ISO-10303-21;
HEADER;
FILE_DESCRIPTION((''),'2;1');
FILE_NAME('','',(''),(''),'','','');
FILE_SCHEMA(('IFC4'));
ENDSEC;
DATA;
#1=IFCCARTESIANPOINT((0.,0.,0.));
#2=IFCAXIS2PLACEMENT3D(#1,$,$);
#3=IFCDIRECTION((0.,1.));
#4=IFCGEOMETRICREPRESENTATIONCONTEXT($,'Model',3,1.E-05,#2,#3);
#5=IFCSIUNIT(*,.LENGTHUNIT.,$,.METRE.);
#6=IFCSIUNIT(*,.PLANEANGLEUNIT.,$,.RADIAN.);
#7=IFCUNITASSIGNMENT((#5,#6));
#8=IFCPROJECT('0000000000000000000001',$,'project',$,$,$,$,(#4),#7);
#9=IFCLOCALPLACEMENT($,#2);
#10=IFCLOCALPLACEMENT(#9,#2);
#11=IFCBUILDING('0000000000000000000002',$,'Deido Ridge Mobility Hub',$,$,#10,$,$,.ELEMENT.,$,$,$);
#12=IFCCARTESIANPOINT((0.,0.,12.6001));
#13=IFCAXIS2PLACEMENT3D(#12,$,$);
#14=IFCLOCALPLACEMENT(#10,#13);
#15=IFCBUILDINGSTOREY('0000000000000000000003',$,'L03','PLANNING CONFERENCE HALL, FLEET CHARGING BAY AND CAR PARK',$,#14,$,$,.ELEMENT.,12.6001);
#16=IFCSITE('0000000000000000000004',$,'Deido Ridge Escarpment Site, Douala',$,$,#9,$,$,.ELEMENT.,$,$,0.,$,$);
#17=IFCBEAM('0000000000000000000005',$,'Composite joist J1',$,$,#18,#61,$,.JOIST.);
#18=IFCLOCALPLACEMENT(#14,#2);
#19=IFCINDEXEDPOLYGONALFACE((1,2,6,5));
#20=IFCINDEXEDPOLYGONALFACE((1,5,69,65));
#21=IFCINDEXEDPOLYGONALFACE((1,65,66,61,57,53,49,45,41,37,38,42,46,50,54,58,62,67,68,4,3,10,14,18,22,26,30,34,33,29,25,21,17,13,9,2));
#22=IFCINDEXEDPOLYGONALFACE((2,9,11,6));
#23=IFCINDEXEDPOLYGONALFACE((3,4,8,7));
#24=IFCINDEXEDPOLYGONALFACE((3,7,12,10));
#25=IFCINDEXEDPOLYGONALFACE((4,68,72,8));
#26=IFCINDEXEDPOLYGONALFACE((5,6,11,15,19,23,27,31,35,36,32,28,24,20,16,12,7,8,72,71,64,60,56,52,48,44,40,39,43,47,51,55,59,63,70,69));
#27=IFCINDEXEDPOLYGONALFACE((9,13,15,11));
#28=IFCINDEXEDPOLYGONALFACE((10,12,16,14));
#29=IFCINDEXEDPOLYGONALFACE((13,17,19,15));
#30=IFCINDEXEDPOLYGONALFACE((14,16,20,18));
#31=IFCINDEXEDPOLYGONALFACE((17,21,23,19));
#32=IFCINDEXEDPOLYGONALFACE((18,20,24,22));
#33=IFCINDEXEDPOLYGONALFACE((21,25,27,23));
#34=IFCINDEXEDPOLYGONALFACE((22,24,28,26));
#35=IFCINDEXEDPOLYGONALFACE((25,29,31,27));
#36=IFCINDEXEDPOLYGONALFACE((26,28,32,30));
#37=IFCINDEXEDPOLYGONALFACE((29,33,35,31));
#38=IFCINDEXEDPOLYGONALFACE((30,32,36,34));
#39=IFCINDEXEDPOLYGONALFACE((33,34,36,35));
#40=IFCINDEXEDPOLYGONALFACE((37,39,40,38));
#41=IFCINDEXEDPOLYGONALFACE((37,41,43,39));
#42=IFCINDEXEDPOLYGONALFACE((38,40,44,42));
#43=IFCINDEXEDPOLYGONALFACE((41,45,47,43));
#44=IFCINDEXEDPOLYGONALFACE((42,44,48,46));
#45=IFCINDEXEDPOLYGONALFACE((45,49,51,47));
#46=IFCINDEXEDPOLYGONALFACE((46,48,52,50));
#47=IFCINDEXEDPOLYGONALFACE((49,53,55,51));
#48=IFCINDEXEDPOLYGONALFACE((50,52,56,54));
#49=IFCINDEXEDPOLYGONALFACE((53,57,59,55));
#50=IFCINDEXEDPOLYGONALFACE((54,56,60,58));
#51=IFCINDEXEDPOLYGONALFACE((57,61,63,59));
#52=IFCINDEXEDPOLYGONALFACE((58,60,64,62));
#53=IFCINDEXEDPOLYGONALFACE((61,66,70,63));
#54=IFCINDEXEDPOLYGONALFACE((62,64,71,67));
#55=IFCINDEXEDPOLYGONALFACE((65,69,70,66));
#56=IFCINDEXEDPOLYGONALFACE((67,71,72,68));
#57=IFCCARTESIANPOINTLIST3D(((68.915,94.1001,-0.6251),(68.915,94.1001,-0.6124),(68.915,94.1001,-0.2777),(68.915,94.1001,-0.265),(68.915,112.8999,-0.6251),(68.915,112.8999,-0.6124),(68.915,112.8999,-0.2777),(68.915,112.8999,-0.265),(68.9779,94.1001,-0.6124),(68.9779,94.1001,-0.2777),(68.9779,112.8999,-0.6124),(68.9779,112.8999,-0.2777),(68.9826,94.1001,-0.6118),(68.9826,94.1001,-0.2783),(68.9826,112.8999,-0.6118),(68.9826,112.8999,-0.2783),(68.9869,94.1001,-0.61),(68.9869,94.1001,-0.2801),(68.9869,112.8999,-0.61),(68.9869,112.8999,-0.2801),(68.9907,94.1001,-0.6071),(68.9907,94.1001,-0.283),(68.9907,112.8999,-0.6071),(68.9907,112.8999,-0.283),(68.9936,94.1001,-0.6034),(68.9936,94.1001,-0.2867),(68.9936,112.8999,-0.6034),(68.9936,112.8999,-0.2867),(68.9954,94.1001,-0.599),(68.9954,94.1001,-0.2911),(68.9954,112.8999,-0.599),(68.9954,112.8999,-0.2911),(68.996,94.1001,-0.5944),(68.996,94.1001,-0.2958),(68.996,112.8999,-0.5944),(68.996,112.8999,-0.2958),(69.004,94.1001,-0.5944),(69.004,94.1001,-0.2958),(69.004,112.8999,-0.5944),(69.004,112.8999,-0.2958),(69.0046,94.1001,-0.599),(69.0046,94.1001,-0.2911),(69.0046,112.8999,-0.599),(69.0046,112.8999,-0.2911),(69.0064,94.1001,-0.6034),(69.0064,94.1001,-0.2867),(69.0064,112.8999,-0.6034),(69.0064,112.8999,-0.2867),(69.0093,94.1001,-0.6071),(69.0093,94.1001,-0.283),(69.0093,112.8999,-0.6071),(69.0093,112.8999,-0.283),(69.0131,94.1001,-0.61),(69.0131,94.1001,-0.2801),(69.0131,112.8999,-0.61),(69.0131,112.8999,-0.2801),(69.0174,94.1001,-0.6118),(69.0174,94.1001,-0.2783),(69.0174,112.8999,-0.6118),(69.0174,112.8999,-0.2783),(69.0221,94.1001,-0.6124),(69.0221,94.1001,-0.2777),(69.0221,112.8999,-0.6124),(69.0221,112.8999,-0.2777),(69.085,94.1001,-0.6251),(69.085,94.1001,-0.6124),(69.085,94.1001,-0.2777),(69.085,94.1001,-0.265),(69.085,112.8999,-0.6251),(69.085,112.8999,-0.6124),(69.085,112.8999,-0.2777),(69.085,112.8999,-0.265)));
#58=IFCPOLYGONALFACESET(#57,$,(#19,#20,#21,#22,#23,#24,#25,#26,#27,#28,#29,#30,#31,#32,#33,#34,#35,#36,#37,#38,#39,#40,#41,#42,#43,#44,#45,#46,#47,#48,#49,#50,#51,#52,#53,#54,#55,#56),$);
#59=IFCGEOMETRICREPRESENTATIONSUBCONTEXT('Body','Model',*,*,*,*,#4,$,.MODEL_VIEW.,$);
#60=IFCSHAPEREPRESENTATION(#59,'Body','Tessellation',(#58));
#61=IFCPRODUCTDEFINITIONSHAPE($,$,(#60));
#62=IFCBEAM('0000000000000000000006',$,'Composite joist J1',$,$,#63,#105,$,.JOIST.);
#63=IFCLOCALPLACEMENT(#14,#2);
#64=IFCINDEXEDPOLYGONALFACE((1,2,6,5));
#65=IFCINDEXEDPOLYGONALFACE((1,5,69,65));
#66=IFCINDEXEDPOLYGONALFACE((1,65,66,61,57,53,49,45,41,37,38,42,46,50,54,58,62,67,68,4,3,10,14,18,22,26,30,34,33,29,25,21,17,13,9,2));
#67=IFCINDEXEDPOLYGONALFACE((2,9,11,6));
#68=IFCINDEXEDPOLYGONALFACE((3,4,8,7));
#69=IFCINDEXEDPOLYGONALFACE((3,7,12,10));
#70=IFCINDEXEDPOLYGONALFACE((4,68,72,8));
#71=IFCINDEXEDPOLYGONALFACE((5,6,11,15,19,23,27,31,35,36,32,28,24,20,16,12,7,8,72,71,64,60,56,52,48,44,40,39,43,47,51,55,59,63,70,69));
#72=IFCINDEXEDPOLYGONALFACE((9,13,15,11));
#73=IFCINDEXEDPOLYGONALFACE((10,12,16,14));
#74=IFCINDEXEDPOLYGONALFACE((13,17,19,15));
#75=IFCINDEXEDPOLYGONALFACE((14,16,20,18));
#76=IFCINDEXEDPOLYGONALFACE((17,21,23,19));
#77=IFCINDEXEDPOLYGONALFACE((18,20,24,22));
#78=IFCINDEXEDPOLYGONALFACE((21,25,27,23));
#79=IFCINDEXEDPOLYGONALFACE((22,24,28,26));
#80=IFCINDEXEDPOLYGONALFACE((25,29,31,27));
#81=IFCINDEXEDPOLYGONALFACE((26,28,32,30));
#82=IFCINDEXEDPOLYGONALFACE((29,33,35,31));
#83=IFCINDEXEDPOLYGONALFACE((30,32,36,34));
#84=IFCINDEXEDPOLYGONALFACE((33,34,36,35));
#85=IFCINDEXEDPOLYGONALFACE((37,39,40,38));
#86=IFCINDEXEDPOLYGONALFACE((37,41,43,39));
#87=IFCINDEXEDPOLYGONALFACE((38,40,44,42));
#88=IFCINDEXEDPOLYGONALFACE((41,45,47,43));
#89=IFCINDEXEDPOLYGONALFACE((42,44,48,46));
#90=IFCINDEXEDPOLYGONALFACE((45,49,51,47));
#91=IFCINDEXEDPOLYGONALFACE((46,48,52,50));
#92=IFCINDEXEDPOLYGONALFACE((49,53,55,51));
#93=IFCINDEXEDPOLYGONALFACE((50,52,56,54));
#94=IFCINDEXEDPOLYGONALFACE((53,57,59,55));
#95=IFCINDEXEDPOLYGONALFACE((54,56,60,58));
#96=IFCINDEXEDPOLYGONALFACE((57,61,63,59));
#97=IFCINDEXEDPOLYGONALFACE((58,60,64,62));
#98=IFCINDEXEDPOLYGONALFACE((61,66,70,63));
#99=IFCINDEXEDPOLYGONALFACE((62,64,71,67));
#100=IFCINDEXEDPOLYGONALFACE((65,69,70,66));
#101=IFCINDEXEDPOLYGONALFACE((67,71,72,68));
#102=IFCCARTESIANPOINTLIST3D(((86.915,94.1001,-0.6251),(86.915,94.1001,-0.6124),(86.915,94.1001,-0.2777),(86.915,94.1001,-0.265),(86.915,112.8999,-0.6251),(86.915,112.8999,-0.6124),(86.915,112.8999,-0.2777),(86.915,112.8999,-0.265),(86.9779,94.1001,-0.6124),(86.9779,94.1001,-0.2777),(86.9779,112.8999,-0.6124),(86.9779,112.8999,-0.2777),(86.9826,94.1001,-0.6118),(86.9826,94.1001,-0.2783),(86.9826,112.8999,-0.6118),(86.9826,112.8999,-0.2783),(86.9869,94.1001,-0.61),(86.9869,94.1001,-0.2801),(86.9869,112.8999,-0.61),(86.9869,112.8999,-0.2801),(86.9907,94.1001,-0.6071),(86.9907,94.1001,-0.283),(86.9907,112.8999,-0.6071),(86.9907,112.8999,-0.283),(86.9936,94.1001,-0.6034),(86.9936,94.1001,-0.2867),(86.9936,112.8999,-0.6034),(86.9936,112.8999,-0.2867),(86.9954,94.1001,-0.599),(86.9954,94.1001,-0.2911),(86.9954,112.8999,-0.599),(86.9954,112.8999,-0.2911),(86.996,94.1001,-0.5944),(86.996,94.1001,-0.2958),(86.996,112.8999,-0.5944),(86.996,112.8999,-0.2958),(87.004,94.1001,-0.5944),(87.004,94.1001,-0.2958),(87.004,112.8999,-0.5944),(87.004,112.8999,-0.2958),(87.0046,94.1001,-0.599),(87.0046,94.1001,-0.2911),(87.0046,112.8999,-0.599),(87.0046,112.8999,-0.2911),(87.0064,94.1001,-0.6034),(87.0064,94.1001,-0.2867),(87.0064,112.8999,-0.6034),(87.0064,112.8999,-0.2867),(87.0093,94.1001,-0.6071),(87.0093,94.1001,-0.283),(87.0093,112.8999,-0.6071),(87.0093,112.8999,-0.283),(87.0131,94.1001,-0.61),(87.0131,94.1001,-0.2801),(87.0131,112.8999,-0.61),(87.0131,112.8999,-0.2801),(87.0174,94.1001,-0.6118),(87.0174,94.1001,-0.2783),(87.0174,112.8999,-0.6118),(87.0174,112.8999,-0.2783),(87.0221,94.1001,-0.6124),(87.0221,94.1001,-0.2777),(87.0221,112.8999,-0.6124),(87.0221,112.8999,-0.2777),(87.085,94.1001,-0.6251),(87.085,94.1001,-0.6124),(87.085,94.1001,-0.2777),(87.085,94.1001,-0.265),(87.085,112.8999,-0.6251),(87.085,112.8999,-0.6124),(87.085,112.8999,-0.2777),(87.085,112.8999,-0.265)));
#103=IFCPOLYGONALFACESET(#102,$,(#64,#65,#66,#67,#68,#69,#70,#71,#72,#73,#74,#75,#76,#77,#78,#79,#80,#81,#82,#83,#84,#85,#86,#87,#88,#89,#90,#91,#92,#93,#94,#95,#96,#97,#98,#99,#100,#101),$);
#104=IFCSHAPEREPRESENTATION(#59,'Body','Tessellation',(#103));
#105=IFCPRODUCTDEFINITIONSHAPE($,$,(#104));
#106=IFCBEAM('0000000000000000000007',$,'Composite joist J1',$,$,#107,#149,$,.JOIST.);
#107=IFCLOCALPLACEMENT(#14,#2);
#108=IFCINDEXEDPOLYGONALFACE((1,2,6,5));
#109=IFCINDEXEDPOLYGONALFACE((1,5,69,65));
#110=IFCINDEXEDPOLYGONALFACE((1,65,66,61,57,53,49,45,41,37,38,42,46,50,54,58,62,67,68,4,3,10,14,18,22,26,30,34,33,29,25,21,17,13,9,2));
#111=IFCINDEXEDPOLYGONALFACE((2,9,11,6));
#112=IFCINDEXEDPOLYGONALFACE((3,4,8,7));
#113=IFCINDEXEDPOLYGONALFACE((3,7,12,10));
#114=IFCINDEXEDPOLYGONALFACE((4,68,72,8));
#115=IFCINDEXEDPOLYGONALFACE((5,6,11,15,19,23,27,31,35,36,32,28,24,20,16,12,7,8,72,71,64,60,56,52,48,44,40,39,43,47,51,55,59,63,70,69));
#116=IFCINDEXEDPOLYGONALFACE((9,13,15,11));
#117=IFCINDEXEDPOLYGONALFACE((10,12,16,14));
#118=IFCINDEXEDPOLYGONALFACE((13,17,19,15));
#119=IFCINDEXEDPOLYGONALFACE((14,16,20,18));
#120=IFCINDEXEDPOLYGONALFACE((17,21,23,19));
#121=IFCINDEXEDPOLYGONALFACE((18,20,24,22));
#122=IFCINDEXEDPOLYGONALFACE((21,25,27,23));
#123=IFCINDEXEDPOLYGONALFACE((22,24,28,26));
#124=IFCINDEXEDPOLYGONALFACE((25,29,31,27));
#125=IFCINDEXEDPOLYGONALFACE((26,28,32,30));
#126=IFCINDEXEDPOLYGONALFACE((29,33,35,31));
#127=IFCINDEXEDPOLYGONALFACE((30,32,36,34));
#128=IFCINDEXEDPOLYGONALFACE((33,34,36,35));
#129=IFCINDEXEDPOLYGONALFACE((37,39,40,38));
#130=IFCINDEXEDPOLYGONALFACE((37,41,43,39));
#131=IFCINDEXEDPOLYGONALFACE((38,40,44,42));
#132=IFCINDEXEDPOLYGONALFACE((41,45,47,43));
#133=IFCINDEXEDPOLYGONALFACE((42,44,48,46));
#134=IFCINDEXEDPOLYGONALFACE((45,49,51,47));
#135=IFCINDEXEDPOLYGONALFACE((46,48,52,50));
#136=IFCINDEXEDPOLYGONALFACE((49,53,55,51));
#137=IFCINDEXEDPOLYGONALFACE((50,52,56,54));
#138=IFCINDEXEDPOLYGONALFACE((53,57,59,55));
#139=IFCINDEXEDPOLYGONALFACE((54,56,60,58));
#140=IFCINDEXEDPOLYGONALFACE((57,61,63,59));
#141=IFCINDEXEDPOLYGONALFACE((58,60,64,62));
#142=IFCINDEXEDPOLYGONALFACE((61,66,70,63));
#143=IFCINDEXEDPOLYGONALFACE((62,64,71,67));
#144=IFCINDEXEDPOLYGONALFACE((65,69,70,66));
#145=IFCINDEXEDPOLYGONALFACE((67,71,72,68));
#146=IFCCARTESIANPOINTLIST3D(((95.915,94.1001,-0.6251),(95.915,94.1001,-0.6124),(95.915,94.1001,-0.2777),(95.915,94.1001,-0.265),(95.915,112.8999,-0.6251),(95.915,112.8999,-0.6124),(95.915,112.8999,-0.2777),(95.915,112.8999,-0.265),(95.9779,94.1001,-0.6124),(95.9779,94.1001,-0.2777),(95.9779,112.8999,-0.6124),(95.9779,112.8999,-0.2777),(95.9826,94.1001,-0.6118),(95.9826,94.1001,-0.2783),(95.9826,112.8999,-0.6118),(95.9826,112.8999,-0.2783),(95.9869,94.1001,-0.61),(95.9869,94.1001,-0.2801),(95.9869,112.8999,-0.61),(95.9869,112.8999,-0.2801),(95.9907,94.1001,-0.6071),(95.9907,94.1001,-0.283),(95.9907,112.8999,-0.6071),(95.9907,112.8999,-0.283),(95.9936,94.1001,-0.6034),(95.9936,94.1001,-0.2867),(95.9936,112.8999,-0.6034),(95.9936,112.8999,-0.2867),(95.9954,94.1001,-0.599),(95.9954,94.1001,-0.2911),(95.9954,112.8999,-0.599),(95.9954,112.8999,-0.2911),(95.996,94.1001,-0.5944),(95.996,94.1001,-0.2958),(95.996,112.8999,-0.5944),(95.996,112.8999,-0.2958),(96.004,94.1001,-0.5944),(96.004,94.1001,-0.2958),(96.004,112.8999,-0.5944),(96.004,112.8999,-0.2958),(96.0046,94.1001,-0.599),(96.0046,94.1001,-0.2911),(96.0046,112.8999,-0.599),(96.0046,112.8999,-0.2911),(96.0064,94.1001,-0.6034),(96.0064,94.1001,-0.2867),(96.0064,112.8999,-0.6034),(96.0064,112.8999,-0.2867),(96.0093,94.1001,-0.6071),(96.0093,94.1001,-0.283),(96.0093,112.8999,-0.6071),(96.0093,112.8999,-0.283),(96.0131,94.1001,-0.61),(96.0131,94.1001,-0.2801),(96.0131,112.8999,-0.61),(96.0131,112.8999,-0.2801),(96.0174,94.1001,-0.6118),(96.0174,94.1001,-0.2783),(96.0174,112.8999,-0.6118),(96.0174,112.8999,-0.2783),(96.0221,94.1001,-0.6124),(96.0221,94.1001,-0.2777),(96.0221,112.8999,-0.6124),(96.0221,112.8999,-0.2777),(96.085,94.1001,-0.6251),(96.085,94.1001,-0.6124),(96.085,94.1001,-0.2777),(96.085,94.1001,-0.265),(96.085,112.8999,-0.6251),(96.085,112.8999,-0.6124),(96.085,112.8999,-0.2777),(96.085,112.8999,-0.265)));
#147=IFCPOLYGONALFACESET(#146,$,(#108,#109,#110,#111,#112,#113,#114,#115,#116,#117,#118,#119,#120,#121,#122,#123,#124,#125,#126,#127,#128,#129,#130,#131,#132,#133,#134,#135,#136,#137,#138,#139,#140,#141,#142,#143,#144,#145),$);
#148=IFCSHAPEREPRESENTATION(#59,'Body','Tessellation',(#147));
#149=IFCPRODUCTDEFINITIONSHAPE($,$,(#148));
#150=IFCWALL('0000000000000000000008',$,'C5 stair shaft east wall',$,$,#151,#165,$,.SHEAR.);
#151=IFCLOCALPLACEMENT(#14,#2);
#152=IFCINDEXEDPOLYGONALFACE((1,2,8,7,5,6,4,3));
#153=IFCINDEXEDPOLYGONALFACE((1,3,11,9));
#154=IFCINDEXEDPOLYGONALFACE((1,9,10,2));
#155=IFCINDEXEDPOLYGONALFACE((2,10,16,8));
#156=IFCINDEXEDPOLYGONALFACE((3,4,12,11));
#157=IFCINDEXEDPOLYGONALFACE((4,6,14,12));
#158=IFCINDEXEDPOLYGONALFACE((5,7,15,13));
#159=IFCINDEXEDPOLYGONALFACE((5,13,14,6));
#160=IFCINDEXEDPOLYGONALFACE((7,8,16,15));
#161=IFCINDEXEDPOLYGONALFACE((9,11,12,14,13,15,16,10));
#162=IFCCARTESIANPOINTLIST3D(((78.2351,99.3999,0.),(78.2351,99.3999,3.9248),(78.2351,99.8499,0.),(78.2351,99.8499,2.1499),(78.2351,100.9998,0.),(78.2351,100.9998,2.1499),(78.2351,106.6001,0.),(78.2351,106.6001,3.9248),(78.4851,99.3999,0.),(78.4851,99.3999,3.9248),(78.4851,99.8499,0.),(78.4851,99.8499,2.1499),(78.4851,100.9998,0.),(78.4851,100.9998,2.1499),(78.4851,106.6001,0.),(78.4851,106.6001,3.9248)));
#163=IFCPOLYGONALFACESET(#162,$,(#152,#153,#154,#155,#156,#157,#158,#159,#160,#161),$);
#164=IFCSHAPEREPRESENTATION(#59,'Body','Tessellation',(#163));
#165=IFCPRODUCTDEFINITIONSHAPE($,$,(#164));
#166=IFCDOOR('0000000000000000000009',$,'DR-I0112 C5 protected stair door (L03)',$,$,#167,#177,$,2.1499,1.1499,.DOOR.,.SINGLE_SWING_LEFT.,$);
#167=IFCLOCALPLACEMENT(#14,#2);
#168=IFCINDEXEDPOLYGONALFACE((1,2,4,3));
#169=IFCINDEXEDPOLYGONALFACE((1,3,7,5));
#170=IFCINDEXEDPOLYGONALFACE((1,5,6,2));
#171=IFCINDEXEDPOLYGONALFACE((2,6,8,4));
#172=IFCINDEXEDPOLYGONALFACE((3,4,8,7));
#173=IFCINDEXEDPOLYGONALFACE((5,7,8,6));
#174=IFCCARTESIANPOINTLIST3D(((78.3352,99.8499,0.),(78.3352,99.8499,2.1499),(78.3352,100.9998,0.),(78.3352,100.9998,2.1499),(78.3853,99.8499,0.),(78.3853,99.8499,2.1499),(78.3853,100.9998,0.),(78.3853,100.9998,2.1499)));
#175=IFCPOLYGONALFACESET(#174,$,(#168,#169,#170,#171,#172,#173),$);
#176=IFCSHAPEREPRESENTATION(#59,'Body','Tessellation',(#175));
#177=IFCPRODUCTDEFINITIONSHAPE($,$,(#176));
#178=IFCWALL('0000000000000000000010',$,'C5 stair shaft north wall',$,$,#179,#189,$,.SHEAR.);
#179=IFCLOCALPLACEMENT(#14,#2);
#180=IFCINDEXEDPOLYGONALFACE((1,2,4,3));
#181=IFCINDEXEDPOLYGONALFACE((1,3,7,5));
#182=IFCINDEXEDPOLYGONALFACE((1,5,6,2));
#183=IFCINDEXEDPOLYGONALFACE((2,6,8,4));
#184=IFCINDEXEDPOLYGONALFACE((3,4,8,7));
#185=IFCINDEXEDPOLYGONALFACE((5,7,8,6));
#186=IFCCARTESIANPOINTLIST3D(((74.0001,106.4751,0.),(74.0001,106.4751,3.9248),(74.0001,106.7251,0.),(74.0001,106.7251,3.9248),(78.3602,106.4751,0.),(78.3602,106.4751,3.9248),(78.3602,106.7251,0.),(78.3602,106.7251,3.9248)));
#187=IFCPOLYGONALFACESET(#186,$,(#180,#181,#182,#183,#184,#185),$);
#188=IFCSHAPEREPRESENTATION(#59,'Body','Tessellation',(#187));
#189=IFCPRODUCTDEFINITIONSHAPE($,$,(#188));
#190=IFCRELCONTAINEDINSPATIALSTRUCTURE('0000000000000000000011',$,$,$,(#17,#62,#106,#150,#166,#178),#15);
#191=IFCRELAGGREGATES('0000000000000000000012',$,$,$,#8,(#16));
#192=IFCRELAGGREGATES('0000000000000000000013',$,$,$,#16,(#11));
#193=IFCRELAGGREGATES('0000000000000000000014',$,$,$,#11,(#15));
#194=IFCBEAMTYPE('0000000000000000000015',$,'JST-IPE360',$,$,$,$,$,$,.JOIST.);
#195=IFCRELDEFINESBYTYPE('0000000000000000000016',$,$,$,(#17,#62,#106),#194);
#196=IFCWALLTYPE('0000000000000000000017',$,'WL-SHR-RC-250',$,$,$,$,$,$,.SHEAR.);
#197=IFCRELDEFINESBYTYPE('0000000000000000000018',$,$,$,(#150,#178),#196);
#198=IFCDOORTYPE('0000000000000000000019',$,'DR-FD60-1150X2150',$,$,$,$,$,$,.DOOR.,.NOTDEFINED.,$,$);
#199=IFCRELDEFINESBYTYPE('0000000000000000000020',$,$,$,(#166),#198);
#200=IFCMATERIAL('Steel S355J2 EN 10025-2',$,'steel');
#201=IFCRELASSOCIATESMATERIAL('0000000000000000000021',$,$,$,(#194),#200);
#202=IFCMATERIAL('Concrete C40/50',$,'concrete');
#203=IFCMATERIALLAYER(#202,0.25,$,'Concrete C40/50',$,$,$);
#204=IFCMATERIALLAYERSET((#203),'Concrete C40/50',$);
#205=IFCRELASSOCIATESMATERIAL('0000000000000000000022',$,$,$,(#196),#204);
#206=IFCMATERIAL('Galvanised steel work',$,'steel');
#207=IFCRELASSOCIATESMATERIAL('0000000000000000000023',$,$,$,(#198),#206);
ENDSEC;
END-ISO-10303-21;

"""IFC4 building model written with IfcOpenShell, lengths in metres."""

from ifc_helpers import new_model, si_unit, direction, frame, frame_2d, origin, origin_2d, place, context, subcontext, project, spatial, rectangle, i_section, extrude, material, layer, layer_set, material_profile, profile_set, type_object, element, fill, save


model = new_model("IFC4")

# Units and contexts
model_context = context("Model", 3, precision=1e-05, world=origin(), true_north=direction((0.0, 1.0)))
body_context = subcontext(model_context, "Body", "Model", "MODEL_VIEW")
ifc_project = project(units=[si_unit("LENGTHUNIT", "METRE"), si_unit("PLANEANGLEUNIT", "RADIAN")], contexts=[model_context])

# Site, building, storey
site_placement = place(None, origin())
site = spatial("IfcSite", under=ifc_project, at=site_placement, Name="Deido Ridge Escarpment Site, Douala", CompositionType="ELEMENT", RefElevation=0.0)
building_placement = place(site_placement, origin())
building = spatial("IfcBuilding", under=site, at=building_placement, Name="Deido Ridge Mobility Hub", CompositionType="ELEMENT")
storey_placement = place(building_placement, frame((0.0, 0.0, 12.6001)))
storey = spatial("IfcBuildingStorey", under=building, at=storey_placement, Name="L03", Description="PLANNING CONFERENCE HALL, FLEET CHARGING BAY AND CAR PARK", CompositionType="ELEMENT", Elevation=12.6001)

# Shared definitions
ifc_material_1 = material(Name="Steel S355J2 EN 10025-2", Category="steel")

# Beams
ifc_material_profile_1 = material_profile(ifc_material_1, i_section(OverallWidth=0.1699, OverallDepth=0.3601, WebThickness=0.0081, FlangeThickness=0.0127, FilletRadius=0.0181, at=origin_2d()), Name="IPE 360")
ifc_profile_set_1 = profile_set([ifc_material_profile_1], Name="Steel S355J2 EN 10025-2")
beam_type_1 = type_object("IfcBeamType", Name="JST-IPE360", PredefinedType="JOIST", material=ifc_profile_set_1)
for number, where, z_axis, x_axis, name in (
    (1, (69.0, 94.1001, -0.4451), (0.0, 1.0, 0.0), (-1.0, 0.0, 0.0), "Composite joist J1"),
    (2, (87.0, 94.1001, -0.4451), (0.0, 1.0, 0.0), (-1.0, 0.0, 0.0), "Composite joist J1"),
    (3, (96.0, 94.1001, -0.4451), (0.0, 1.0, 0.0), (-1.0, 0.0, 0.0), "Composite joist J1"),
):
    element("IfcBeam", number, at=place(storey_placement, frame(where, z_axis=z_axis, x_axis=x_axis)), inside=storey, type_object=beam_type_1, Name=name, PredefinedType="JOIST", context=body_context, shape_type="SweptSolid", body=[
        extrude(i_section(OverallWidth=0.1699, OverallDepth=0.3601, WebThickness=0.0081, FlangeThickness=0.0127, FilletRadius=0.0181, at=origin_2d()), origin(), (0.0, 0.0, 1.0), 18.7998),
    ])

# Wall, opening, door
ifc_material_2 = material(Name="Concrete C40/50", Category="concrete")
ifc_layer_1 = layer(ifc_material_2, 0.25, Name="Concrete C40/50")
ifc_layer_set_1 = layer_set([ifc_layer_1], Name="Concrete C40/50")
wall_type_1 = type_object("IfcWallType", Name="WL-SHR-RC-250", PredefinedType="SHEAR", material=ifc_layer_set_1)
wall_1_placement = place(storey_placement, frame((78.3601, 99.3999, 0.0), z_axis=(0.0, 0.0, 1.0), x_axis=(0.0, 1.0, 0.0)))
wall_1 = element("IfcWall", 4, at=wall_1_placement, inside=storey, type_object=wall_type_1, Name="C5 stair shaft east wall", PredefinedType="SHEAR", context=body_context, shape_type="SweptSolid", body=[
    extrude(rectangle(XDim=7.2002, YDim=0.25, at=frame_2d((3.6001, 0.0))), origin(), (0.0, 0.0, 1.0), 3.9248),
])
opening_1_placement = place(wall_1_placement, frame((0.45, 0.0, 0.0)))
opening_1 = element("IfcOpeningElement", 5, at=opening_1_placement, cuts=wall_1, PredefinedType="OPENING", context=body_context, shape_type="SweptSolid", body=[
    extrude(rectangle(XDim=1.1499, YDim=2.1499, at=frame_2d((0.575, 1.075))), frame((0.0, 0.135, 0.0), z_axis=(0.0, -1.0, 0.0), x_axis=(1.0, 0.0, 0.0)), (0.0, 0.0, 1.0), 0.27),
])
ifc_material_3 = material(Name="Galvanised steel work", Category="steel")
door_type_1 = type_object("IfcDoorType", Name="DR-FD60-1150X2150", OperationType="NOTDEFINED", PredefinedType="DOOR", material=ifc_material_3)
door_1_placement = place(opening_1_placement, origin())
door_1 = element("IfcDoor", 6, at=door_1_placement, inside=storey, type_object=door_type_1, Name="DR-I0112 C5 protected stair door (L03)", OperationType="SINGLE_SWING_LEFT", OverallHeight=2.1499, OverallWidth=1.1499, PredefinedType="DOOR", context=body_context, shape_type="SweptSolid", body=[
    extrude(rectangle(XDim=1.1499, YDim=2.1499, at=frame_2d((0.575, 1.075))), frame((0.0, 0.0249, 0.0), z_axis=(0.0, -1.0, 0.0), x_axis=(1.0, 0.0, 0.0)), (0.0, 0.0, 1.0), 0.05),
])
fill(opening_1, door_1)

# Wall
wall_2_placement = place(storey_placement, frame((74.0, 106.6001, 0.0), z_axis=(0.0, 0.0, 1.0), x_axis=(1.0, 0.0, 0.0)))
element("IfcWall", 7, at=wall_2_placement, inside=storey, type_object=wall_type_1, Name="C5 stair shaft north wall", PredefinedType="SHEAR", context=body_context, shape_type="SweptSolid", body=[
    extrude(rectangle(XDim=4.3601, YDim=0.25, at=frame_2d((2.1802, 0.0))), origin(), (0.0, 0.0, 1.0), 3.9248),
])

save(model, "model.ifc")
